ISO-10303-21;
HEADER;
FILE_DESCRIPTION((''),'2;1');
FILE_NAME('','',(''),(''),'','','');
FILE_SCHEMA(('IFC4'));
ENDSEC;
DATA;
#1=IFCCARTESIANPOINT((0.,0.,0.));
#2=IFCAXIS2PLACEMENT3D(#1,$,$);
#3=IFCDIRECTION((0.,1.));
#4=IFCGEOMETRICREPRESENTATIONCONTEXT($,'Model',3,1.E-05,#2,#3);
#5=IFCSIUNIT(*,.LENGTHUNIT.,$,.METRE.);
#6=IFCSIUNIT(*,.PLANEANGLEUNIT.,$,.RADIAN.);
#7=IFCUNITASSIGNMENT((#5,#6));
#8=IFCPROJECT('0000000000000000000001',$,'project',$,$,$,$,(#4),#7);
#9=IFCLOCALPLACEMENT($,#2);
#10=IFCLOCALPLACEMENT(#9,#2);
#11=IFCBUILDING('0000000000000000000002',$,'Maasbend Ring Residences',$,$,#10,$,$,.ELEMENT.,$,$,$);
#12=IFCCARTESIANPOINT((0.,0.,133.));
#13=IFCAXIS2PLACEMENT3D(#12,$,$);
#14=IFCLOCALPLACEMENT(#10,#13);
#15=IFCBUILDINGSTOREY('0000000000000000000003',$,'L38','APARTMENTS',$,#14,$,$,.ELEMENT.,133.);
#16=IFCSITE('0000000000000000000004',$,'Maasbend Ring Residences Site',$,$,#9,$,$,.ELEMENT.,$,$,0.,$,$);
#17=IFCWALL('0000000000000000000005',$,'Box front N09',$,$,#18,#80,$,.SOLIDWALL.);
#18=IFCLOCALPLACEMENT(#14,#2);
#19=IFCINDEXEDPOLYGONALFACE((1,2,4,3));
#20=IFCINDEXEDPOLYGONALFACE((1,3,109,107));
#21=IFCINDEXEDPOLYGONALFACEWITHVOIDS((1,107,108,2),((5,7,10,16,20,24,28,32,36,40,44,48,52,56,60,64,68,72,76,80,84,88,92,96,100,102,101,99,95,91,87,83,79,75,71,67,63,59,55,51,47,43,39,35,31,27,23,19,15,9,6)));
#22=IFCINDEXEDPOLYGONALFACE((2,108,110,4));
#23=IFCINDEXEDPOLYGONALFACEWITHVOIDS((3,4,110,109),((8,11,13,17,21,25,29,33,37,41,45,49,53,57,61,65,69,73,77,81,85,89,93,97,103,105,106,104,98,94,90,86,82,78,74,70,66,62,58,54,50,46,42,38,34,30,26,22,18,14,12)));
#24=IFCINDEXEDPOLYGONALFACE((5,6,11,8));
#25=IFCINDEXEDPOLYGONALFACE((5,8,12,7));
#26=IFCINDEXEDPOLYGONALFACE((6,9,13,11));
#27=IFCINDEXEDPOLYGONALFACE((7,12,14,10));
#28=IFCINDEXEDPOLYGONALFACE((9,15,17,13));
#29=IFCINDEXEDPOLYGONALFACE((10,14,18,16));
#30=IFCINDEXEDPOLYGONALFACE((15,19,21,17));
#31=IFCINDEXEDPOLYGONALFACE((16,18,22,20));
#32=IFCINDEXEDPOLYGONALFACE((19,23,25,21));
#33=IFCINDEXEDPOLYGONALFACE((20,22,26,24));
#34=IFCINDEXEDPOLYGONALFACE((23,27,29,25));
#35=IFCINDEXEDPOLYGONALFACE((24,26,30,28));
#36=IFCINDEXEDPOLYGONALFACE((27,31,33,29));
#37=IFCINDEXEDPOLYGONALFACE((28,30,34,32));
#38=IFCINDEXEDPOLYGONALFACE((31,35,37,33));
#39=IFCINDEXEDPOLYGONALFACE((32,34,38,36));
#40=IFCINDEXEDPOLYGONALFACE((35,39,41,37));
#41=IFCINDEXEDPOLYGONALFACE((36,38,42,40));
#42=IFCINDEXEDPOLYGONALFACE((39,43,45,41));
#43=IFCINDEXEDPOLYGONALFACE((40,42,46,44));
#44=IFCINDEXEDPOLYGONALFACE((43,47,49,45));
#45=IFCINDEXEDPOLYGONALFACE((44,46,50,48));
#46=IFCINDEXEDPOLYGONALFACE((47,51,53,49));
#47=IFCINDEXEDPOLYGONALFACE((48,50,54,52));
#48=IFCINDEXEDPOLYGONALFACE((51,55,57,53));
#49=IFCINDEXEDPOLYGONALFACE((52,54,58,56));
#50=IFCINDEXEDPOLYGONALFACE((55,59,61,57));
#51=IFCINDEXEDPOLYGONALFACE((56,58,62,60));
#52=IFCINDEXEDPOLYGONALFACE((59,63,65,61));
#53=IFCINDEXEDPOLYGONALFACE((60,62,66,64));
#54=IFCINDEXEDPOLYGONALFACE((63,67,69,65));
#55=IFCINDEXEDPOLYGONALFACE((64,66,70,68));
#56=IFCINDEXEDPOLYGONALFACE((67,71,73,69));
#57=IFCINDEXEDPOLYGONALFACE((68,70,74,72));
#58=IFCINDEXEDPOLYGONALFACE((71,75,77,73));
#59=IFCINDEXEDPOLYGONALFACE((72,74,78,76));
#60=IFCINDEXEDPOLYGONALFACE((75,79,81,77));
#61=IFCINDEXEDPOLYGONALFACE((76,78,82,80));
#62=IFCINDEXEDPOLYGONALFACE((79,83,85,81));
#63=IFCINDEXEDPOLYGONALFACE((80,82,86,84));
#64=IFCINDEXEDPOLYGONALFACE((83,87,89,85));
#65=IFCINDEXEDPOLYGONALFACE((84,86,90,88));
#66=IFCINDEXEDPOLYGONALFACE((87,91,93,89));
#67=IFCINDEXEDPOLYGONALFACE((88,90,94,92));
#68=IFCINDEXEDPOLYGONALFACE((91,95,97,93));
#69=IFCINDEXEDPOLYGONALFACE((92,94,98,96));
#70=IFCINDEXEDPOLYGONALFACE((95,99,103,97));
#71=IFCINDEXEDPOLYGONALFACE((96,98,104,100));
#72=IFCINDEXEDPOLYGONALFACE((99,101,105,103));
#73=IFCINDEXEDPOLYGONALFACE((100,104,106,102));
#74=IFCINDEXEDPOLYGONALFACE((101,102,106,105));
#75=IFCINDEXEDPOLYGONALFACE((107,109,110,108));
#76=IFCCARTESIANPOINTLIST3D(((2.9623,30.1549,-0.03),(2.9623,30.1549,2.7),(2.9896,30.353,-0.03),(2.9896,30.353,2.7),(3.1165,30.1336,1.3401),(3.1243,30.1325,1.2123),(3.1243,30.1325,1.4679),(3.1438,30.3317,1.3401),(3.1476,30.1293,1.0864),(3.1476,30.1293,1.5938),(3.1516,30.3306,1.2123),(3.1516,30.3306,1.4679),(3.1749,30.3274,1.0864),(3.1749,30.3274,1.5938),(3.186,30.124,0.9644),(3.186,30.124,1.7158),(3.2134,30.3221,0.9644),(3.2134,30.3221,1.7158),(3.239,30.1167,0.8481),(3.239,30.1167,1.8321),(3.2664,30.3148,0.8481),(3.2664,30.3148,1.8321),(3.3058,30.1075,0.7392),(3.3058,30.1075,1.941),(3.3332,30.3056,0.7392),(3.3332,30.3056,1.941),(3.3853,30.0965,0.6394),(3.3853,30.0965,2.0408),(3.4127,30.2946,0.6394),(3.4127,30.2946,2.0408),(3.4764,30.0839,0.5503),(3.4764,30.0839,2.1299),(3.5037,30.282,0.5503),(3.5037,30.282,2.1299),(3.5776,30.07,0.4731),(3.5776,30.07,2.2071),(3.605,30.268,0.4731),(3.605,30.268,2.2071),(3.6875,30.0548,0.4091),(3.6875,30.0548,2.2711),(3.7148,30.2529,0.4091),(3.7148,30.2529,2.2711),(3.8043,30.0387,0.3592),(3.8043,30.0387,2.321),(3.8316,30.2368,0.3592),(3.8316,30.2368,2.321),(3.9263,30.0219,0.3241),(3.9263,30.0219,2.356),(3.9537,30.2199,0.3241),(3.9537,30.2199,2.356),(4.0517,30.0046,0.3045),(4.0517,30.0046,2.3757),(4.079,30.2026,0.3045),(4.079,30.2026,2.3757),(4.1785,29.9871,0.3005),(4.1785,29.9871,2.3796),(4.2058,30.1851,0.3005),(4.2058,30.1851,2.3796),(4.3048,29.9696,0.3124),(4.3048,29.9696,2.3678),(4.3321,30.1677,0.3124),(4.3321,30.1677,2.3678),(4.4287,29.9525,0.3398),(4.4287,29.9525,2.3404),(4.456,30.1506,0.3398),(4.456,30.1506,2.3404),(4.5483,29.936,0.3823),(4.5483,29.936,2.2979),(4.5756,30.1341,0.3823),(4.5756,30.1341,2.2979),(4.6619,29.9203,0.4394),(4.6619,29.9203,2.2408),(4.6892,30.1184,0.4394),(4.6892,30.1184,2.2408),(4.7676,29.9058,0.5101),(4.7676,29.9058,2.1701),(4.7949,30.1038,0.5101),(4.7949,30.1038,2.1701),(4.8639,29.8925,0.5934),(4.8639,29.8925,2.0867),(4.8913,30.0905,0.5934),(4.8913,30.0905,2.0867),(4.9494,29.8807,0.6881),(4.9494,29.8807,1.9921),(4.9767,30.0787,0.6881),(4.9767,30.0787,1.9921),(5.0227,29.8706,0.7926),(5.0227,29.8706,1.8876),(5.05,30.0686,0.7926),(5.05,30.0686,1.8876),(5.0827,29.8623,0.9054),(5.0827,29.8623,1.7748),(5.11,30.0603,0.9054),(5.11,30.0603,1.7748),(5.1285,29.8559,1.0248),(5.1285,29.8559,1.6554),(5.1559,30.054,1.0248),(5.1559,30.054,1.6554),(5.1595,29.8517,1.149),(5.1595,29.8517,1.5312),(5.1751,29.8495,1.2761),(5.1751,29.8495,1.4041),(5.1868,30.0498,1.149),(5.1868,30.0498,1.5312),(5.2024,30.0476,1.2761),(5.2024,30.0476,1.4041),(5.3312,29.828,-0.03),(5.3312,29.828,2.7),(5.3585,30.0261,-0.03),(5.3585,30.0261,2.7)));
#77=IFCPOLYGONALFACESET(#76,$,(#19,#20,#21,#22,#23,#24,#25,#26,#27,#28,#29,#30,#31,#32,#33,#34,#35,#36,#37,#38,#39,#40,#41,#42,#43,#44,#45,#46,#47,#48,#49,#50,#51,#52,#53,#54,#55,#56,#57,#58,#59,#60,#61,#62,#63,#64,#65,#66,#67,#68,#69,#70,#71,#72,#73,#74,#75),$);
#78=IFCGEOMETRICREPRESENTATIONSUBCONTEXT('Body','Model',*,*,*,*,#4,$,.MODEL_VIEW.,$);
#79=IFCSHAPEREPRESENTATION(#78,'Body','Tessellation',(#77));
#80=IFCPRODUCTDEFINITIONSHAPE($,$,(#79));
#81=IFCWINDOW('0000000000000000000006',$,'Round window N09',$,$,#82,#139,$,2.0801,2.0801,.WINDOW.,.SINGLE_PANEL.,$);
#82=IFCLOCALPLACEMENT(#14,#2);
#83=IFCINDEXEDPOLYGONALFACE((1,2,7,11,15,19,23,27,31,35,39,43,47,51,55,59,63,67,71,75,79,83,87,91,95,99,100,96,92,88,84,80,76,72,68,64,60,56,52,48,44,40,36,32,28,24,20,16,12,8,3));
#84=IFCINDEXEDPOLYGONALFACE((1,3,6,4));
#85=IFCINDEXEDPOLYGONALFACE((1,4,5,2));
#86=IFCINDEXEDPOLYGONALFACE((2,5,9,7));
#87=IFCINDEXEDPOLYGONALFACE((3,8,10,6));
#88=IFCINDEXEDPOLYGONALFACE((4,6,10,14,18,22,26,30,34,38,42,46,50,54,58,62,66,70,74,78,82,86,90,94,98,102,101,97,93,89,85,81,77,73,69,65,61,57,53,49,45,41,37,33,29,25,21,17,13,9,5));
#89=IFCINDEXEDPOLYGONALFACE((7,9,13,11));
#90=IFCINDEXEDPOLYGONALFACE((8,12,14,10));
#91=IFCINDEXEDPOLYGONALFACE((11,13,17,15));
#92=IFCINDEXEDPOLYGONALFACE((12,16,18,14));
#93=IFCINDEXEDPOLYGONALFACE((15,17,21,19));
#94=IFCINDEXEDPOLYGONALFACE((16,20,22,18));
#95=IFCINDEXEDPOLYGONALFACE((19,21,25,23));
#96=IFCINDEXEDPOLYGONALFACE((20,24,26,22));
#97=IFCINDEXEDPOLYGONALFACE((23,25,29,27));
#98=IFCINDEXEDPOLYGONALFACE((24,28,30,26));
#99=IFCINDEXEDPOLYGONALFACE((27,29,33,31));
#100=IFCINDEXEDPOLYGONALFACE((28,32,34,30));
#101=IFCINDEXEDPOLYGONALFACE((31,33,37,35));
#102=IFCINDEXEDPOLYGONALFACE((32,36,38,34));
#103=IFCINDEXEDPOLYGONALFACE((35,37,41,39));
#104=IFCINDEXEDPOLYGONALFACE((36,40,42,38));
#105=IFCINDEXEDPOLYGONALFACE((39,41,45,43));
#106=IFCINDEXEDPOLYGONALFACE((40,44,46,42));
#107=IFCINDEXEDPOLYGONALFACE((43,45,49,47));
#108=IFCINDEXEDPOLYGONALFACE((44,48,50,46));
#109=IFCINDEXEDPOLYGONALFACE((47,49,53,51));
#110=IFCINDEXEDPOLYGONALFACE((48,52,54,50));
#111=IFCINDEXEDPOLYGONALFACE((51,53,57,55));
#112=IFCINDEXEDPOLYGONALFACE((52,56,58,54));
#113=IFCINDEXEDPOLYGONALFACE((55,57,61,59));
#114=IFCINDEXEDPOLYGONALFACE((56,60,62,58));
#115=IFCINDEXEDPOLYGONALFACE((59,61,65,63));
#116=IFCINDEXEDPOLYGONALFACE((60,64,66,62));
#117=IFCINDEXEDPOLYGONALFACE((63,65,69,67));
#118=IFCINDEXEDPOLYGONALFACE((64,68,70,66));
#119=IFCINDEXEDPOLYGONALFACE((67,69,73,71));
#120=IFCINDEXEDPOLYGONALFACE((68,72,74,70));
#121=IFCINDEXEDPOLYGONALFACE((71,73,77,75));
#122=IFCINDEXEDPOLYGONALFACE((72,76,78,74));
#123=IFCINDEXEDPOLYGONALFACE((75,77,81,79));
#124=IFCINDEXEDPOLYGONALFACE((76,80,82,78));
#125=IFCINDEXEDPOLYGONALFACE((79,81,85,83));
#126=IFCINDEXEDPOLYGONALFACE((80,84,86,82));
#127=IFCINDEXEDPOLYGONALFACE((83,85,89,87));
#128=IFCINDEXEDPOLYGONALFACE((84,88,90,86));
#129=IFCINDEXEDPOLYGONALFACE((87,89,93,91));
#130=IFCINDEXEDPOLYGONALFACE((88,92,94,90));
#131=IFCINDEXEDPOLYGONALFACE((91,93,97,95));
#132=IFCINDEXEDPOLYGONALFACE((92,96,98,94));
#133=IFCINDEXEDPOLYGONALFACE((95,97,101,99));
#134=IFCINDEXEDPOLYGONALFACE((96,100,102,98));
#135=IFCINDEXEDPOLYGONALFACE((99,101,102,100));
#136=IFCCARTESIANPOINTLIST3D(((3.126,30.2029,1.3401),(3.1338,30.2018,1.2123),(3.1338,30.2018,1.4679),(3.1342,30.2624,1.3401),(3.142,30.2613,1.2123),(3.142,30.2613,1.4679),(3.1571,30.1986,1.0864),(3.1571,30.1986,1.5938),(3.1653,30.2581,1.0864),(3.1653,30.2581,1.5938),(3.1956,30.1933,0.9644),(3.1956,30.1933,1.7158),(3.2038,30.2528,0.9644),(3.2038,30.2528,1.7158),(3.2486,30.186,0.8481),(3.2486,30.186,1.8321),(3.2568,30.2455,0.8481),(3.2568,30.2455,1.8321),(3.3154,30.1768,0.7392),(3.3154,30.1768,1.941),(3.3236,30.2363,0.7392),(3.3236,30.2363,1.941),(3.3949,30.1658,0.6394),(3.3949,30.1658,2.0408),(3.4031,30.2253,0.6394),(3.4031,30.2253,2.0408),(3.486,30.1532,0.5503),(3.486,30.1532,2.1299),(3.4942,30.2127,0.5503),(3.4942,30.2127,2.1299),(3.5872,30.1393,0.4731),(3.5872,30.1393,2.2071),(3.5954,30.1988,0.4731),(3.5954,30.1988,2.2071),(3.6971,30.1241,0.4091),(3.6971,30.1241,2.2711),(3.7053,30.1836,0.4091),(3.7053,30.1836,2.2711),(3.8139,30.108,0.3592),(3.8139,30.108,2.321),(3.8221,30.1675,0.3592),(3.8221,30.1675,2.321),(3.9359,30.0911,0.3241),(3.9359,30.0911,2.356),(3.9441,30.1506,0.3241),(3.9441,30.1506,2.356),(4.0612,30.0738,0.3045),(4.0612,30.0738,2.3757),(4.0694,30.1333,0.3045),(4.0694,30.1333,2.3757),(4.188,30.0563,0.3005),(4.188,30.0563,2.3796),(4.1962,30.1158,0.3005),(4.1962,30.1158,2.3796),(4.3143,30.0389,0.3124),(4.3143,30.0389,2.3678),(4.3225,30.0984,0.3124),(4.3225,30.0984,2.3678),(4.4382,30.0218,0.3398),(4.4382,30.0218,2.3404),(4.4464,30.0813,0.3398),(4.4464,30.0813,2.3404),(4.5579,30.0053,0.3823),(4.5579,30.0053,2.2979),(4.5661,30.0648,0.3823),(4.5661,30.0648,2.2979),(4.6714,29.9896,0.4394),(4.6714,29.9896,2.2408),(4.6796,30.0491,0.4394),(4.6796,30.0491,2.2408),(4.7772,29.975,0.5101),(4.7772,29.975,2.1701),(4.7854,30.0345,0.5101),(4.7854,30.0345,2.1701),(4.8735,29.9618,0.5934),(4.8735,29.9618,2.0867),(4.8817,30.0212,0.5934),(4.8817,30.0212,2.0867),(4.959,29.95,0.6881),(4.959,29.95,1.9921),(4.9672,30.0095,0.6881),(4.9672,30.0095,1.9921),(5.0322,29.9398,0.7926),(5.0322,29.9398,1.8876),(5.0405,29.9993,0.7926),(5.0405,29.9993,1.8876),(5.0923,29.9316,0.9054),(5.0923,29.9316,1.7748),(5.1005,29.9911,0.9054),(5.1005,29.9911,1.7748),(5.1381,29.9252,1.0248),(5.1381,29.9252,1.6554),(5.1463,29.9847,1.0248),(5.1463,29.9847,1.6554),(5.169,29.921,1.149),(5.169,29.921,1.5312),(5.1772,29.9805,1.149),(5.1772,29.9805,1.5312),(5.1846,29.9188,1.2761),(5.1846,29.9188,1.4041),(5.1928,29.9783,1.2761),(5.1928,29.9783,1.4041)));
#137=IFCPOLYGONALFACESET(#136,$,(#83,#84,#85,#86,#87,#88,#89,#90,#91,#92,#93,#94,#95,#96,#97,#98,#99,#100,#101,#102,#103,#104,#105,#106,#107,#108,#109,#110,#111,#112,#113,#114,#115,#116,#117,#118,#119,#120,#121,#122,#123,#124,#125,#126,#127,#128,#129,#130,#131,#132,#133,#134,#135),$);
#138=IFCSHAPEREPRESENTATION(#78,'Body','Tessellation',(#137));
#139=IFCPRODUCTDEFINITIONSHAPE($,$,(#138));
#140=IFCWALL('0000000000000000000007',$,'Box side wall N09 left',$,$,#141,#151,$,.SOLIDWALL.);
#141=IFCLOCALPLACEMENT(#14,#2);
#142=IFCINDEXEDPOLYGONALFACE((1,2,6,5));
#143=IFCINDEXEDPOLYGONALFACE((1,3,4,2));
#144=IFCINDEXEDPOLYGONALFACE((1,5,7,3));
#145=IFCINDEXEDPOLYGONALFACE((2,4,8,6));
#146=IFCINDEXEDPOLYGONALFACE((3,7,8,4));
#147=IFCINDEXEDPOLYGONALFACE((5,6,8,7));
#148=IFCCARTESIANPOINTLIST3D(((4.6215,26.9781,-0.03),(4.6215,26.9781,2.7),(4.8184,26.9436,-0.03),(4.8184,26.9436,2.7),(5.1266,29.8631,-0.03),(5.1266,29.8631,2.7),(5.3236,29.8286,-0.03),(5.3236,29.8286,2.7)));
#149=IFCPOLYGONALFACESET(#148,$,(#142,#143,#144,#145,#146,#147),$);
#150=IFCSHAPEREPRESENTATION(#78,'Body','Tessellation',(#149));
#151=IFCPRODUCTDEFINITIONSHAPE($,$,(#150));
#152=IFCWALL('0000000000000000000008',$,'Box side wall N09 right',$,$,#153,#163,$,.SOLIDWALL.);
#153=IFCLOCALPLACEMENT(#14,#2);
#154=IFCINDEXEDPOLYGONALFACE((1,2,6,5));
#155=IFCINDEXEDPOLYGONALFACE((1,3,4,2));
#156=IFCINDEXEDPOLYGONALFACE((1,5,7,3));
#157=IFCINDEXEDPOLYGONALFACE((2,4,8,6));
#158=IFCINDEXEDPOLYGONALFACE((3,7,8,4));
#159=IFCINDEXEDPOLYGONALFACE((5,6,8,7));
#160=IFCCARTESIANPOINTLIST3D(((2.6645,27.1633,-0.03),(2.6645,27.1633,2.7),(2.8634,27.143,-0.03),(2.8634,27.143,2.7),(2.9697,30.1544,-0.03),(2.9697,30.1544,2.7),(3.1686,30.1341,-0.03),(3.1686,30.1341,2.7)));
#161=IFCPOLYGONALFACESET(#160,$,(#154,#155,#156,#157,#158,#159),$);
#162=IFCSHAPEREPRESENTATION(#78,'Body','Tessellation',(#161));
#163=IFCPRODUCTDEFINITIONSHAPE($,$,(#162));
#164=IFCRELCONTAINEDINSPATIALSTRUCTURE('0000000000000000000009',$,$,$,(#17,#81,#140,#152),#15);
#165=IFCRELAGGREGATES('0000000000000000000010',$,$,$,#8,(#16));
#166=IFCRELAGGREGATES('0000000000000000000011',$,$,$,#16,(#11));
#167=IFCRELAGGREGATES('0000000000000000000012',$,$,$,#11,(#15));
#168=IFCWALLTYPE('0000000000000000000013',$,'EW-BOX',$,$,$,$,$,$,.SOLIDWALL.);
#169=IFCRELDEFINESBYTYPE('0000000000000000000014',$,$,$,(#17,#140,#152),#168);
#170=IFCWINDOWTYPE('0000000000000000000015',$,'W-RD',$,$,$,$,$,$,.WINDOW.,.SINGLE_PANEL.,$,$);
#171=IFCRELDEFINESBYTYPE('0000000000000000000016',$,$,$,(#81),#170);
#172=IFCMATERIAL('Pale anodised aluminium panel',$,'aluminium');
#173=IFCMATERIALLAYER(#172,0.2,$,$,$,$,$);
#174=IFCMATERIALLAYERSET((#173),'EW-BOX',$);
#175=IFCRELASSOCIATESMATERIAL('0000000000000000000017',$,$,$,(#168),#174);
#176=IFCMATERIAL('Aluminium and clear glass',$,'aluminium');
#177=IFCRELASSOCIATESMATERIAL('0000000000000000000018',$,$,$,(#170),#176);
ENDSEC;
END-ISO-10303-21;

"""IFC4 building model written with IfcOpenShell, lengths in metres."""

from ifc_helpers import new_model, si_unit, direction, frame, frame_2d, origin, place, context, subcontext, project, spatial, rectangle, circle, extrude, material, layer, layer_set, type_object, element, fill, save


model = new_model("IFC4")

# Units and contexts
model_context = context("Model", 3, precision=1e-05, world=origin(), true_north=direction((0.0, 1.0)))
body_context = subcontext(model_context, "Body", "Model", "MODEL_VIEW")
ifc_project = project(units=[si_unit("LENGTHUNIT", "METRE"), si_unit("PLANEANGLEUNIT", "RADIAN")], contexts=[model_context])

# Site, building, storey
site_placement = place(None, origin())
site = spatial("IfcSite", under=ifc_project, at=site_placement, Name="Maasbend Ring Residences Site", CompositionType="ELEMENT", RefElevation=0.0)
building_placement = place(site_placement, origin())
building = spatial("IfcBuilding", under=site, at=building_placement, Name="Maasbend Ring Residences", CompositionType="ELEMENT")
storey_placement = place(building_placement, frame((0.0, 0.0, 133.0)))
storey = spatial("IfcBuildingStorey", under=building, at=storey_placement, Name="L38", Description="APARTMENTS", CompositionType="ELEMENT", Elevation=133.0)

# Shared definitions
ifc_material_1 = material(Name="Pale anodised aluminium panel", Category="aluminium")
ifc_layer_1 = layer(ifc_material_1, 0.2)
ifc_layer_set_1 = layer_set([ifc_layer_1], Name="EW-BOX")
wall_type_1 = type_object("IfcWallType", Name="EW-BOX", PredefinedType="SOLIDWALL", material=ifc_layer_set_1)

# Wall, opening, window
wall_1_placement = place(storey_placement, frame((5.345, 29.927, -0.03), z_axis=(0.0, 0.0, 1.0), x_axis=(-0.990612, 0.136703, 0.0)))
wall_1 = element("IfcWall", 1, at=wall_1_placement, inside=storey, type_object=wall_type_1, Name="Box front N09", PredefinedType="SOLIDWALL", context=body_context, shape_type="SweptSolid", body=[
    extrude(rectangle(XDim=2.3914, YDim=0.2, at=frame_2d((1.1958, 0.0))), origin(), (0.0, 0.0, 1.0), 2.73),
])
opening_1_placement = place(wall_1_placement, frame((0.1558, 0.0, 0.3301)))
opening_1 = element("IfcOpeningElement", 2, at=opening_1_placement, cuts=wall_1, PredefinedType="OPENING", context=body_context, shape_type="SweptSolid", body=[
    extrude(circle(Radius=1.04, at=frame_2d((1.04, 1.04))), frame((0.0, 0.1099, 0.0), z_axis=(0.0, -1.0, 0.0), x_axis=(1.0, 0.0, 0.0)), (0.0, 0.0, 1.0), 0.22),
])
ifc_material_2 = material(Name="Aluminium and clear glass", Category="aluminium")
window_type_1 = type_object("IfcWindowType", Name="W-RD", PartitioningType="SINGLE_PANEL", PredefinedType="WINDOW", material=ifc_material_2)
window_1_placement = place(opening_1_placement, origin())
window_1 = element("IfcWindow", 3, at=window_1_placement, inside=storey, type_object=window_type_1, Name="Round window N09", OverallHeight=2.0801, OverallWidth=2.0801, PartitioningType="SINGLE_PANEL", PredefinedType="WINDOW", context=body_context, shape_type="SweptSolid", body=[
    extrude(circle(Radius=1.04, at=frame_2d((1.04, 1.04))), frame((0.0, 0.03, 0.0), z_axis=(0.0, -1.0, 0.0), x_axis=(1.0, 0.0, 0.0)), (0.0, 0.0, 1.0), 0.0601),
])
fill(opening_1, window_1)

# Walls
wall_2_placement = place(storey_placement, frame((4.72, 26.9609, -0.03), z_axis=(0.0, 0.0, 1.0), x_axis=(0.172463, 0.985016, 0.0)))
element("IfcWall", 4, at=wall_2_placement, inside=storey, type_object=wall_type_1, Name="Box side wall N09 left", PredefinedType="SOLIDWALL", context=body_context, shape_type="SweptSolid", body=[
    extrude(rectangle(XDim=2.929, YDim=0.2, at=frame_2d((1.4644, 0.0))), origin(), (0.0, 0.0, 1.0), 2.73),
])
wall_3_placement = place(storey_placement, frame((2.7639, 27.1531, -0.03), z_axis=(0.0, 0.0, 1.0), x_axis=(0.101505, 0.994835, 0.0)))
element("IfcWall", 5, at=wall_3_placement, inside=storey, type_object=wall_type_1, Name="Box side wall N09 right", PredefinedType="SOLIDWALL", context=body_context, shape_type="SweptSolid", body=[
    extrude(rectangle(XDim=3.0066, YDim=0.2, at=frame_2d((1.5034, 0.0))), origin(), (0.0, 0.0, 1.0), 2.73),
])

save(model, "model.ifc")
